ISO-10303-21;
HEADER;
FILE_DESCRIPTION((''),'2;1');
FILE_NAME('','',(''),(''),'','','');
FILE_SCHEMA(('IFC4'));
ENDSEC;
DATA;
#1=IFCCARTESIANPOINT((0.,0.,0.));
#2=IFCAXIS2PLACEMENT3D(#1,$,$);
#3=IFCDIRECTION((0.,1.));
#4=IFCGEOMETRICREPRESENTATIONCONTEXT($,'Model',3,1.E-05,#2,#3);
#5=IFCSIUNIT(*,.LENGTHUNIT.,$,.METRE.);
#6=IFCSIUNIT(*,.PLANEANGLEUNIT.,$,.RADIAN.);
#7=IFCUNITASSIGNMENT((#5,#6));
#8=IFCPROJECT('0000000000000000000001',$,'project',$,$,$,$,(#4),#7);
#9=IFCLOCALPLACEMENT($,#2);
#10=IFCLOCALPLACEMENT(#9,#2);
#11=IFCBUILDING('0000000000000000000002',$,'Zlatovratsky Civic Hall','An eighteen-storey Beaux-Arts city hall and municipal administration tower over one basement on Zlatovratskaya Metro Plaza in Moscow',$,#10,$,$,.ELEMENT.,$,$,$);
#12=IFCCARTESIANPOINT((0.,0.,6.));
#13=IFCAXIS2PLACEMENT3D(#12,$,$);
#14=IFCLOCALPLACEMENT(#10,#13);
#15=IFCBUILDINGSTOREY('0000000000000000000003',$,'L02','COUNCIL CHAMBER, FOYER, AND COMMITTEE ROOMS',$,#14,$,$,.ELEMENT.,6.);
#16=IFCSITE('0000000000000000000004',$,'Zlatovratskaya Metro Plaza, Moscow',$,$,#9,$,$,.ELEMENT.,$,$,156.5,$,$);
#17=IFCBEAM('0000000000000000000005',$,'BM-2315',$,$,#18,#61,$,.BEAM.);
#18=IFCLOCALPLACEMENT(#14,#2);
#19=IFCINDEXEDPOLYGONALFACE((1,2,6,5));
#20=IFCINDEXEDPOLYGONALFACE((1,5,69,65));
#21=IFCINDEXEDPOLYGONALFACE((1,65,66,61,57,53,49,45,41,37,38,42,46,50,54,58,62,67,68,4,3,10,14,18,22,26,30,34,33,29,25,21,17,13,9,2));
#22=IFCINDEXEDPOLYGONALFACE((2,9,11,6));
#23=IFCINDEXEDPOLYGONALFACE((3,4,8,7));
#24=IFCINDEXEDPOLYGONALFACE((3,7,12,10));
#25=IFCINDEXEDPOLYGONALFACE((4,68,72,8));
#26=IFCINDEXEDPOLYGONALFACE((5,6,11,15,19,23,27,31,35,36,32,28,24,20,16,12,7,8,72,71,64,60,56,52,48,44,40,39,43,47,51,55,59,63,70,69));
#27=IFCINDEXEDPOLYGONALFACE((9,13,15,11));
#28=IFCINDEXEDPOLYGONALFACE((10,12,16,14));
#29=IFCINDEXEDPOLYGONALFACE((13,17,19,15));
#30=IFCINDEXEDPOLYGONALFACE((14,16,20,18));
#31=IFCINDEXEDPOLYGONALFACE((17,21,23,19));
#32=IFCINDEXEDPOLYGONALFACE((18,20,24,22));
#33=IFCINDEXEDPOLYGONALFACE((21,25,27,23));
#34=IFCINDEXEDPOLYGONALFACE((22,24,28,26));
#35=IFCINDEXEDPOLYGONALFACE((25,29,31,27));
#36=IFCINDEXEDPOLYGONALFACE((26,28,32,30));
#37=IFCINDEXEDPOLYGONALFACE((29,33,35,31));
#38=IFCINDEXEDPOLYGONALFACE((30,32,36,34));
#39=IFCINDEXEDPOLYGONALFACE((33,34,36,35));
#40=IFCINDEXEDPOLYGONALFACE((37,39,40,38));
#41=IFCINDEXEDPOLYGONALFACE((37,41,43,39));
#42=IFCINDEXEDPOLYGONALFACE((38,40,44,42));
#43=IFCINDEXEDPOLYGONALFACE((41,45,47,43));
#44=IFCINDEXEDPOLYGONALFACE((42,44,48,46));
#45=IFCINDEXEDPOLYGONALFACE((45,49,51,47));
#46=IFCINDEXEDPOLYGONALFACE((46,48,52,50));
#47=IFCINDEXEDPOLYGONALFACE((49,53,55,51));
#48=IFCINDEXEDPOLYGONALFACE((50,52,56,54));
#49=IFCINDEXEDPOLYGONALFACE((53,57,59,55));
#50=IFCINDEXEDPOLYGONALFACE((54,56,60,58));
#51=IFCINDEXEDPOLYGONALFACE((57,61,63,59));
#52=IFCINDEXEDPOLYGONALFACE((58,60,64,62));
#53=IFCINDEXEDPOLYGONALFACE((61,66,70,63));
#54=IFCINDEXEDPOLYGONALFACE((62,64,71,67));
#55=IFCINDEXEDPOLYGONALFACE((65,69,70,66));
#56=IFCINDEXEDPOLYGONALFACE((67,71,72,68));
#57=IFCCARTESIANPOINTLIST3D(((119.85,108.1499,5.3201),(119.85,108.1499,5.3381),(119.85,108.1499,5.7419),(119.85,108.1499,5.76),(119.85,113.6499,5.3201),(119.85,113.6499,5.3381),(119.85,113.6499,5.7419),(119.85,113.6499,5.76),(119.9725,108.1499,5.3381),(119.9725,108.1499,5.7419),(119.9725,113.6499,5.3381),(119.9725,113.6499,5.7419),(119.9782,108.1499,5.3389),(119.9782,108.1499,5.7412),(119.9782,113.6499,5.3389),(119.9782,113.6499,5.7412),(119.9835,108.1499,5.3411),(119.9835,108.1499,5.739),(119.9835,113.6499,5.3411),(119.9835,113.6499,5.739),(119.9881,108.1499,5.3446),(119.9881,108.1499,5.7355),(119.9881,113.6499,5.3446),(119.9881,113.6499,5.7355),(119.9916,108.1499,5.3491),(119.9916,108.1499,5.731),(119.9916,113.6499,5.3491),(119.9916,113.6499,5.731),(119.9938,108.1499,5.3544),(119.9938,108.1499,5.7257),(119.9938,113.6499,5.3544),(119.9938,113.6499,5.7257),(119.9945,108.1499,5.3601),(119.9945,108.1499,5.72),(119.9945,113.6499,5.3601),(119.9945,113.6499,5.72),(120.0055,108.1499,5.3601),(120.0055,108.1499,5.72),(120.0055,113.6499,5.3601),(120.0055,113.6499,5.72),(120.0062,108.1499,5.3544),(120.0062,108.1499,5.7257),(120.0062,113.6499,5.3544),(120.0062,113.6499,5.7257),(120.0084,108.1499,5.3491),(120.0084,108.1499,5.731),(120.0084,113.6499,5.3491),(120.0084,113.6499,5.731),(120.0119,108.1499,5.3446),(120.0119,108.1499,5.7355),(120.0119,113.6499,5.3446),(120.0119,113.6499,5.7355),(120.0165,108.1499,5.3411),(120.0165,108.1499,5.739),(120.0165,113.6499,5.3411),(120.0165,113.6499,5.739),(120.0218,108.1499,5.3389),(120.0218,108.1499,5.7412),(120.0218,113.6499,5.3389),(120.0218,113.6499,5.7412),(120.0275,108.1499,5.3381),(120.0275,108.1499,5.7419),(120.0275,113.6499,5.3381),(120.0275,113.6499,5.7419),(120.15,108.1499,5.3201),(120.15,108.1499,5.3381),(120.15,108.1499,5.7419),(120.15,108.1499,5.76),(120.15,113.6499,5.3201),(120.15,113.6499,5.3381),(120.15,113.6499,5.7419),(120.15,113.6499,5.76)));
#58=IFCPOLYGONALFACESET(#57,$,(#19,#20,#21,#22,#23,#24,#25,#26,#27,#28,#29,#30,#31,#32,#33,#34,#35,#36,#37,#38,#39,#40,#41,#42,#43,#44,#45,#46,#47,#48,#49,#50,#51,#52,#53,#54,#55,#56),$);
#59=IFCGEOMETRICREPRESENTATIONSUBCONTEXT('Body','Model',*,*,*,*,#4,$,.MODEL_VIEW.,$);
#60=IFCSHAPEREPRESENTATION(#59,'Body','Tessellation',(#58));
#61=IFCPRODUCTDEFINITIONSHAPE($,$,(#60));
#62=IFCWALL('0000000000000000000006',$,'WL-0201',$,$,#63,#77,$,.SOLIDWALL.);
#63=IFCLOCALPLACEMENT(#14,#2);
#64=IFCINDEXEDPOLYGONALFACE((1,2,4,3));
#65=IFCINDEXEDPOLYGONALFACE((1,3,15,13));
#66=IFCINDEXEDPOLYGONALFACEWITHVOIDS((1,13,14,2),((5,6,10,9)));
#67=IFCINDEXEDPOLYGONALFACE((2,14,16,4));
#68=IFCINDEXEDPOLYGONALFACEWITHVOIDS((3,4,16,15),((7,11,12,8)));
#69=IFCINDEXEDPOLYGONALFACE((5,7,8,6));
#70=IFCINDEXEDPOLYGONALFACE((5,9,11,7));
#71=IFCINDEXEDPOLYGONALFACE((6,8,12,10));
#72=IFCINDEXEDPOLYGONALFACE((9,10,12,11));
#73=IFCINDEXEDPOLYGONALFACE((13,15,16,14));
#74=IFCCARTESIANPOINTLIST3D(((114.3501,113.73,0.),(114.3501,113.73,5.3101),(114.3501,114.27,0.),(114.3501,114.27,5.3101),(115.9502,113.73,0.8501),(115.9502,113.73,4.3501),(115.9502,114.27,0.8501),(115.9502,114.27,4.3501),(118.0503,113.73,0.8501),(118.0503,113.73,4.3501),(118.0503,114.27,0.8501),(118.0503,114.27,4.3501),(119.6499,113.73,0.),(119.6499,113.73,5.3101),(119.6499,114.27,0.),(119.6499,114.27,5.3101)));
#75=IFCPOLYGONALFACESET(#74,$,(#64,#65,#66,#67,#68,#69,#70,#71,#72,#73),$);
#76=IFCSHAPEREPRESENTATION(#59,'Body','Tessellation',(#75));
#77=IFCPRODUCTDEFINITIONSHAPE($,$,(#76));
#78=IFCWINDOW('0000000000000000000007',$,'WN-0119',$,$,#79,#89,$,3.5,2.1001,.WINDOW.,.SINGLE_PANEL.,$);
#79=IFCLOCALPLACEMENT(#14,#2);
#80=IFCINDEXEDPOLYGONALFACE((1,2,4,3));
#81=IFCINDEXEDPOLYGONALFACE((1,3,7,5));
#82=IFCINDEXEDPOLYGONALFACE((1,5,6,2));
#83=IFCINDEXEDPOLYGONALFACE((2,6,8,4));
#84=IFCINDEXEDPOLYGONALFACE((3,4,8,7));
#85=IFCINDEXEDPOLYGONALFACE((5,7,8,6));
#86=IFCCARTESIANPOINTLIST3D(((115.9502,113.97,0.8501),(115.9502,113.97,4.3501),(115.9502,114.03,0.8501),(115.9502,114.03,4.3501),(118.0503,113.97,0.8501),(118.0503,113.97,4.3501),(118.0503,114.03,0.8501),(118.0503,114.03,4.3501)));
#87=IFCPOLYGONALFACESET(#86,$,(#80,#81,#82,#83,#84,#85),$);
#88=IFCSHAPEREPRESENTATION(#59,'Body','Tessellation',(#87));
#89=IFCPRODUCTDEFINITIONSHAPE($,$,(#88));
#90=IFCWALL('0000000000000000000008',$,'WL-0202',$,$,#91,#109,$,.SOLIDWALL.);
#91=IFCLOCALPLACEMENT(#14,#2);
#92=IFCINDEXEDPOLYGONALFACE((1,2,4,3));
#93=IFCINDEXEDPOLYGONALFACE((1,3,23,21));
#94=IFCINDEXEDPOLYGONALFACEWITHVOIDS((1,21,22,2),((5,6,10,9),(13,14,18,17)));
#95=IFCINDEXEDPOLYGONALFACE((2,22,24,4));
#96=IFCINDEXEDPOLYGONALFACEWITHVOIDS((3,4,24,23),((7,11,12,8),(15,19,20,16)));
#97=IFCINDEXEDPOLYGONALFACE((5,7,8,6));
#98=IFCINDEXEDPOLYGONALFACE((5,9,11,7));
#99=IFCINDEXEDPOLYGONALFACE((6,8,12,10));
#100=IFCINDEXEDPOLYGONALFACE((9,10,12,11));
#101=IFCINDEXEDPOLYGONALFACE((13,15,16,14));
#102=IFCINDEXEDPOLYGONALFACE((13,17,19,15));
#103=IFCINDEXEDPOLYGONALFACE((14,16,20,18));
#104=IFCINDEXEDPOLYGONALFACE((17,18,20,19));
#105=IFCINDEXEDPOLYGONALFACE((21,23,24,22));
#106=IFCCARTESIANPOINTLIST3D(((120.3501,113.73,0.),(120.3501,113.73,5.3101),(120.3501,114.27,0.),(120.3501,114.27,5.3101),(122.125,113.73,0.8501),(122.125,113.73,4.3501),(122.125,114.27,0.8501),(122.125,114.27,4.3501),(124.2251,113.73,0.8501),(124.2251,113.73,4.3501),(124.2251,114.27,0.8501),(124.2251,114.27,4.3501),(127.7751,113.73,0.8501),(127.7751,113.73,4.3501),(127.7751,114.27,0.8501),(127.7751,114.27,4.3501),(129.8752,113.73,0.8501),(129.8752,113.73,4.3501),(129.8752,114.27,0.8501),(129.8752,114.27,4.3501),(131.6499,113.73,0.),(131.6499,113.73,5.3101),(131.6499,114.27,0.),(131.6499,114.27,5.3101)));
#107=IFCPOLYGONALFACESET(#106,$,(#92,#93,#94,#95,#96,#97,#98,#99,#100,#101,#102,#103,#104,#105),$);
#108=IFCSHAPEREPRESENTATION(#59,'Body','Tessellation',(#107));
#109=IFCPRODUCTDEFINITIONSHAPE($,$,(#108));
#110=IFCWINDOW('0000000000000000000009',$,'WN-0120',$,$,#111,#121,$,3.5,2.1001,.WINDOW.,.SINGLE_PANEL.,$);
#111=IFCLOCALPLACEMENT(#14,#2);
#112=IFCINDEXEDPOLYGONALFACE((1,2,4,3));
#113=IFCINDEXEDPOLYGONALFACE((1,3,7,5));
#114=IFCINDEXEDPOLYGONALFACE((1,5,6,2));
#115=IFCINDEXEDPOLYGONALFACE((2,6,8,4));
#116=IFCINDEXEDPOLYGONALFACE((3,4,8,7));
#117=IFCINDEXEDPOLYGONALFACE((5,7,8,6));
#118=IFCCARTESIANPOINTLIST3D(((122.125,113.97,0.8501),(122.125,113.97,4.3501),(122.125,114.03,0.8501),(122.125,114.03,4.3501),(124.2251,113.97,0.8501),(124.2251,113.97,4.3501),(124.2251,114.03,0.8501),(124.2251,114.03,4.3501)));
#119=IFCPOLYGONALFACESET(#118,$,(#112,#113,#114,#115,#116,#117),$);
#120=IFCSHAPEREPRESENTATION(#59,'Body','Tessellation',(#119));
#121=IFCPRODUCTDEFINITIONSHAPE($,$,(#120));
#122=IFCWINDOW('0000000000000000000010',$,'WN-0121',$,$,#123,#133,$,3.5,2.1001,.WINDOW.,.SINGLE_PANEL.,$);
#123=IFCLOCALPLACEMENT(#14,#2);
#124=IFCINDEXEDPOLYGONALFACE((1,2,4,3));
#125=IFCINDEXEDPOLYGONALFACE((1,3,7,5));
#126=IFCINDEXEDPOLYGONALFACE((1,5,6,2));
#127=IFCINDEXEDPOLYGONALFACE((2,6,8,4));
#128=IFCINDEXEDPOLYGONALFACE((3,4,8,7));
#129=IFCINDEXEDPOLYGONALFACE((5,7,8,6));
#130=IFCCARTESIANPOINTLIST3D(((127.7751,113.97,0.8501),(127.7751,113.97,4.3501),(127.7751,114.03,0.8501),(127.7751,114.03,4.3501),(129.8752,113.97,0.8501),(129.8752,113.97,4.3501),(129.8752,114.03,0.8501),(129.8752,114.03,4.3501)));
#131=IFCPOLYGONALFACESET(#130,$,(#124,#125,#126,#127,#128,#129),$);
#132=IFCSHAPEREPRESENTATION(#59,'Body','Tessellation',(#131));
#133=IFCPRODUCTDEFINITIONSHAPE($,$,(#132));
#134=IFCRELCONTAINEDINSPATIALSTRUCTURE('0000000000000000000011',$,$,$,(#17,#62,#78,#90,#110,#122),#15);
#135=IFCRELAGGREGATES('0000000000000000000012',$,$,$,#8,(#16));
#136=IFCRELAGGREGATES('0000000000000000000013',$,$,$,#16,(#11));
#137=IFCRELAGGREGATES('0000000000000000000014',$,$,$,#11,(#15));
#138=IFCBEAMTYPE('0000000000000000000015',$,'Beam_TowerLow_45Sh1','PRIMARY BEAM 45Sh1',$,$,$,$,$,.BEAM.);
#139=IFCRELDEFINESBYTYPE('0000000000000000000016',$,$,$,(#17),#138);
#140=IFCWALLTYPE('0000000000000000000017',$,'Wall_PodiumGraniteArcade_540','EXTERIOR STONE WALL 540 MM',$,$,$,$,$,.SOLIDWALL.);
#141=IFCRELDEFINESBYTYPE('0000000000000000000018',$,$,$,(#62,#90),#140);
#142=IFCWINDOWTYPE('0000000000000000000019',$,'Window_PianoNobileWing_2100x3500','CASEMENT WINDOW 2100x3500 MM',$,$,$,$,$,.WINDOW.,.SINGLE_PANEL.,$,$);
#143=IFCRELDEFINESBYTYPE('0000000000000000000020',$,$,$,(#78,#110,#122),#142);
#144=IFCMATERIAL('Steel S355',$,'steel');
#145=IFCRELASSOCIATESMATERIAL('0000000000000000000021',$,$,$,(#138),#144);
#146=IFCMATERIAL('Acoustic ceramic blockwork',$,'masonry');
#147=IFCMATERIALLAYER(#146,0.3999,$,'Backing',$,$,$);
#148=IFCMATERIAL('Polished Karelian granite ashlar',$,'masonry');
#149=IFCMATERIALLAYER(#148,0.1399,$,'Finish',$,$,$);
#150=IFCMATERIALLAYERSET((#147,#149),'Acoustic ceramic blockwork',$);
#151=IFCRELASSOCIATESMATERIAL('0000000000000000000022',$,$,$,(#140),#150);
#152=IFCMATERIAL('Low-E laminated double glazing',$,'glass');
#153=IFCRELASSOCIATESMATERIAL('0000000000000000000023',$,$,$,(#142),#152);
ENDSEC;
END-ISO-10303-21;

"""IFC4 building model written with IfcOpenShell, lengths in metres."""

from ifc_helpers import new_model, si_unit, direction, frame, frame_2d, origin, origin_2d, place, context, subcontext, project, spatial, rectangle, i_section, extrude, material, layer, layer_set, material_profile, profile_set, type_object, element, fill, save


model = new_model("IFC4")

# Units and contexts
model_context = context("Model", 3, precision=1e-05, world=origin(), true_north=direction((0.0, 1.0)))
body_context = subcontext(model_context, "Body", "Model", "MODEL_VIEW")
ifc_project = project(units=[si_unit("LENGTHUNIT", "METRE"), si_unit("PLANEANGLEUNIT", "RADIAN")], contexts=[model_context])

# Site, building, storey
site_placement = place(None, origin())
site = spatial("IfcSite", under=ifc_project, at=site_placement, Name="Zlatovratskaya Metro Plaza, Moscow", CompositionType="ELEMENT", RefElevation=156.5)
building_placement = place(site_placement, origin())
building = spatial("IfcBuilding", under=site, at=building_placement, Name="Zlatovratsky Civic Hall", Description="An eighteen-storey Beaux-Arts city hall and municipal administration tower over one basement on Zlatovratskaya Metro Plaza in Moscow", CompositionType="ELEMENT")
storey_placement = place(building_placement, frame((0.0, 0.0, 6.0)))
storey = spatial("IfcBuildingStorey", under=building, at=storey_placement, Name="L02", Description="COUNCIL CHAMBER, FOYER, AND COMMITTEE ROOMS", CompositionType="ELEMENT", Elevation=6.0)

# Shared definitions
ifc_material_1 = material(Name="Steel S355", Category="steel")

# Beam
ifc_material_profile_1 = material_profile(ifc_material_1, i_section(OverallWidth=0.3, OverallDepth=0.4399, WebThickness=0.011, FlangeThickness=0.0181, FilletRadius=0.022, at=origin_2d()), Name="45Sh1")
ifc_profile_set_1 = profile_set([ifc_material_profile_1], Name="Steel S355")
beam_type_1 = type_object("IfcBeamType", Name="Beam_TowerLow_45Sh1", Description="PRIMARY BEAM 45Sh1", PredefinedType="BEAM", material=ifc_profile_set_1)
beam_1_placement = place(storey_placement, frame((120.0, 108.1499, 5.54), z_axis=(0.0, 1.0, 0.0), x_axis=(-1.0, 0.0, 0.0)))
element("IfcBeam", 1, at=beam_1_placement, inside=storey, type_object=beam_type_1, Name="BM-2315", PredefinedType="BEAM", context=body_context, shape_type="SweptSolid", body=[
    extrude(i_section(OverallWidth=0.3, OverallDepth=0.4399, WebThickness=0.011, FlangeThickness=0.0181, FilletRadius=0.022, at=origin_2d()), origin(), (0.0, 0.0, 1.0), 5.5),
])

# Wall, opening, window
ifc_material_2 = material(Name="Acoustic ceramic blockwork", Category="masonry")
ifc_layer_1 = layer(ifc_material_2, 0.3999, Name="Backing")
ifc_material_3 = material(Name="Polished Karelian granite ashlar", Category="masonry")
ifc_layer_2 = layer(ifc_material_3, 0.1399, Name="Finish")
ifc_layer_set = layer_set([ifc_layer_1, ifc_layer_2], Name="Acoustic ceramic blockwork")
wall_type = type_object("IfcWallType", Name="Wall_PodiumGraniteArcade_540", Description="EXTERIOR STONE WALL 540 MM", PredefinedType="SOLIDWALL", material=ifc_layer_set)
wall_1_placement = place(storey_placement, frame((114.3501, 114.0, 0.0), z_axis=(0.0, 0.0, 1.0), x_axis=(1.0, 0.0, 0.0)))
wall_1 = element("IfcWall", 2, at=wall_1_placement, inside=storey, type_object=wall_type, Name="WL-0201", PredefinedType="SOLIDWALL", context=body_context, shape_type="SweptSolid", body=[
    extrude(rectangle(XDim=5.2998, YDim=0.54, at=frame_2d((2.6499, 0.0))), origin(), (0.0, 0.0, 1.0), 5.3101),
])
opening_1_placement = place(wall_1_placement, frame((1.6001, 0.0, 0.8501)))
opening_1 = element("IfcOpeningElement", 3, at=opening_1_placement, cuts=wall_1, PredefinedType="OPENING", context=body_context, shape_type="SweptSolid", body=[
    extrude(rectangle(XDim=2.1001, YDim=3.5, at=frame_2d((1.05, 1.75))), frame((0.0, 0.2849, 0.0), z_axis=(0.0, -1.0, 0.0), x_axis=(1.0, 0.0, 0.0)), (0.0, 0.0, 1.0), 0.5698),
])
ifc_material_4 = material(Name="Low-E laminated double glazing", Category="glass")
window_type = type_object("IfcWindowType", Name="Window_PianoNobileWing_2100x3500", Description="CASEMENT WINDOW 2100x3500 MM", PartitioningType="SINGLE_PANEL", PredefinedType="WINDOW", material=ifc_material_4)
window_1_placement = place(opening_1_placement, origin())
window_1 = element("IfcWindow", 4, at=window_1_placement, inside=storey, type_object=window_type, Name="WN-0119", OverallHeight=3.5, OverallWidth=2.1001, PartitioningType="SINGLE_PANEL", PredefinedType="WINDOW", context=body_context, shape_type="SweptSolid", body=[
    extrude(rectangle(XDim=2.1001, YDim=3.5, at=frame_2d((1.05, 1.75))), frame((0.0, 0.03, 0.0), z_axis=(0.0, -1.0, 0.0), x_axis=(1.0, 0.0, 0.0)), (0.0, 0.0, 1.0), 0.0601),
])
fill(opening_1, window_1)

# Wall, openings, windows
wall_2_placement = place(storey_placement, frame((120.3501, 114.0, 0.0), z_axis=(0.0, 0.0, 1.0), x_axis=(1.0, 0.0, 0.0)))
wall_2 = element("IfcWall", 5, at=wall_2_placement, inside=storey, type_object=wall_type, Name="WL-0202", PredefinedType="SOLIDWALL", context=body_context, shape_type="SweptSolid", body=[
    extrude(rectangle(XDim=11.2998, YDim=0.54, at=frame_2d((5.6499, 0.0))), origin(), (0.0, 0.0, 1.0), 5.3101),
])
opening_2_placement = place(wall_2_placement, frame((1.7749, 0.0, 0.8501)))
opening_2 = element("IfcOpeningElement", 6, at=opening_2_placement, cuts=wall_2, PredefinedType="OPENING", context=body_context, shape_type="SweptSolid", body=[
    extrude(rectangle(XDim=2.1001, YDim=3.5, at=frame_2d((1.05, 1.75))), frame((0.0, 0.2849, 0.0), z_axis=(0.0, -1.0, 0.0), x_axis=(1.0, 0.0, 0.0)), (0.0, 0.0, 1.0), 0.5698),
])
opening_3_placement = place(wall_2_placement, frame((7.425, 0.0, 0.8501)))
opening_3 = element("IfcOpeningElement", 7, at=opening_3_placement, cuts=wall_2, PredefinedType="OPENING", context=body_context, shape_type="SweptSolid", body=[
    extrude(rectangle(XDim=2.1001, YDim=3.5, at=frame_2d((1.05, 1.75))), frame((0.0, 0.2849, 0.0), z_axis=(0.0, -1.0, 0.0), x_axis=(1.0, 0.0, 0.0)), (0.0, 0.0, 1.0), 0.5698),
])
window_2_placement = place(opening_2_placement, origin())
window_2 = element("IfcWindow", 8, at=window_2_placement, inside=storey, type_object=window_type, Name="WN-0120", OverallHeight=3.5, OverallWidth=2.1001, PartitioningType="SINGLE_PANEL", PredefinedType="WINDOW", context=body_context, shape_type="SweptSolid", body=[
    extrude(rectangle(XDim=2.1001, YDim=3.5, at=frame_2d((1.05, 1.75))), frame((0.0, 0.03, 0.0), z_axis=(0.0, -1.0, 0.0), x_axis=(1.0, 0.0, 0.0)), (0.0, 0.0, 1.0), 0.0601),
])
fill(opening_2, window_2)
window_3_placement = place(opening_3_placement, origin())
window_3 = element("IfcWindow", 9, at=window_3_placement, inside=storey, type_object=window_type, Name="WN-0121", OverallHeight=3.5, OverallWidth=2.1001, PartitioningType="SINGLE_PANEL", PredefinedType="WINDOW", context=body_context, shape_type="SweptSolid", body=[
    extrude(rectangle(XDim=2.1001, YDim=3.5, at=frame_2d((1.05, 1.75))), frame((0.0, 0.03, 0.0), z_axis=(0.0, -1.0, 0.0), x_axis=(1.0, 0.0, 0.0)), (0.0, 0.0, 1.0), 0.0601),
])
fill(opening_3, window_3)

save(model, "model.ifc")
